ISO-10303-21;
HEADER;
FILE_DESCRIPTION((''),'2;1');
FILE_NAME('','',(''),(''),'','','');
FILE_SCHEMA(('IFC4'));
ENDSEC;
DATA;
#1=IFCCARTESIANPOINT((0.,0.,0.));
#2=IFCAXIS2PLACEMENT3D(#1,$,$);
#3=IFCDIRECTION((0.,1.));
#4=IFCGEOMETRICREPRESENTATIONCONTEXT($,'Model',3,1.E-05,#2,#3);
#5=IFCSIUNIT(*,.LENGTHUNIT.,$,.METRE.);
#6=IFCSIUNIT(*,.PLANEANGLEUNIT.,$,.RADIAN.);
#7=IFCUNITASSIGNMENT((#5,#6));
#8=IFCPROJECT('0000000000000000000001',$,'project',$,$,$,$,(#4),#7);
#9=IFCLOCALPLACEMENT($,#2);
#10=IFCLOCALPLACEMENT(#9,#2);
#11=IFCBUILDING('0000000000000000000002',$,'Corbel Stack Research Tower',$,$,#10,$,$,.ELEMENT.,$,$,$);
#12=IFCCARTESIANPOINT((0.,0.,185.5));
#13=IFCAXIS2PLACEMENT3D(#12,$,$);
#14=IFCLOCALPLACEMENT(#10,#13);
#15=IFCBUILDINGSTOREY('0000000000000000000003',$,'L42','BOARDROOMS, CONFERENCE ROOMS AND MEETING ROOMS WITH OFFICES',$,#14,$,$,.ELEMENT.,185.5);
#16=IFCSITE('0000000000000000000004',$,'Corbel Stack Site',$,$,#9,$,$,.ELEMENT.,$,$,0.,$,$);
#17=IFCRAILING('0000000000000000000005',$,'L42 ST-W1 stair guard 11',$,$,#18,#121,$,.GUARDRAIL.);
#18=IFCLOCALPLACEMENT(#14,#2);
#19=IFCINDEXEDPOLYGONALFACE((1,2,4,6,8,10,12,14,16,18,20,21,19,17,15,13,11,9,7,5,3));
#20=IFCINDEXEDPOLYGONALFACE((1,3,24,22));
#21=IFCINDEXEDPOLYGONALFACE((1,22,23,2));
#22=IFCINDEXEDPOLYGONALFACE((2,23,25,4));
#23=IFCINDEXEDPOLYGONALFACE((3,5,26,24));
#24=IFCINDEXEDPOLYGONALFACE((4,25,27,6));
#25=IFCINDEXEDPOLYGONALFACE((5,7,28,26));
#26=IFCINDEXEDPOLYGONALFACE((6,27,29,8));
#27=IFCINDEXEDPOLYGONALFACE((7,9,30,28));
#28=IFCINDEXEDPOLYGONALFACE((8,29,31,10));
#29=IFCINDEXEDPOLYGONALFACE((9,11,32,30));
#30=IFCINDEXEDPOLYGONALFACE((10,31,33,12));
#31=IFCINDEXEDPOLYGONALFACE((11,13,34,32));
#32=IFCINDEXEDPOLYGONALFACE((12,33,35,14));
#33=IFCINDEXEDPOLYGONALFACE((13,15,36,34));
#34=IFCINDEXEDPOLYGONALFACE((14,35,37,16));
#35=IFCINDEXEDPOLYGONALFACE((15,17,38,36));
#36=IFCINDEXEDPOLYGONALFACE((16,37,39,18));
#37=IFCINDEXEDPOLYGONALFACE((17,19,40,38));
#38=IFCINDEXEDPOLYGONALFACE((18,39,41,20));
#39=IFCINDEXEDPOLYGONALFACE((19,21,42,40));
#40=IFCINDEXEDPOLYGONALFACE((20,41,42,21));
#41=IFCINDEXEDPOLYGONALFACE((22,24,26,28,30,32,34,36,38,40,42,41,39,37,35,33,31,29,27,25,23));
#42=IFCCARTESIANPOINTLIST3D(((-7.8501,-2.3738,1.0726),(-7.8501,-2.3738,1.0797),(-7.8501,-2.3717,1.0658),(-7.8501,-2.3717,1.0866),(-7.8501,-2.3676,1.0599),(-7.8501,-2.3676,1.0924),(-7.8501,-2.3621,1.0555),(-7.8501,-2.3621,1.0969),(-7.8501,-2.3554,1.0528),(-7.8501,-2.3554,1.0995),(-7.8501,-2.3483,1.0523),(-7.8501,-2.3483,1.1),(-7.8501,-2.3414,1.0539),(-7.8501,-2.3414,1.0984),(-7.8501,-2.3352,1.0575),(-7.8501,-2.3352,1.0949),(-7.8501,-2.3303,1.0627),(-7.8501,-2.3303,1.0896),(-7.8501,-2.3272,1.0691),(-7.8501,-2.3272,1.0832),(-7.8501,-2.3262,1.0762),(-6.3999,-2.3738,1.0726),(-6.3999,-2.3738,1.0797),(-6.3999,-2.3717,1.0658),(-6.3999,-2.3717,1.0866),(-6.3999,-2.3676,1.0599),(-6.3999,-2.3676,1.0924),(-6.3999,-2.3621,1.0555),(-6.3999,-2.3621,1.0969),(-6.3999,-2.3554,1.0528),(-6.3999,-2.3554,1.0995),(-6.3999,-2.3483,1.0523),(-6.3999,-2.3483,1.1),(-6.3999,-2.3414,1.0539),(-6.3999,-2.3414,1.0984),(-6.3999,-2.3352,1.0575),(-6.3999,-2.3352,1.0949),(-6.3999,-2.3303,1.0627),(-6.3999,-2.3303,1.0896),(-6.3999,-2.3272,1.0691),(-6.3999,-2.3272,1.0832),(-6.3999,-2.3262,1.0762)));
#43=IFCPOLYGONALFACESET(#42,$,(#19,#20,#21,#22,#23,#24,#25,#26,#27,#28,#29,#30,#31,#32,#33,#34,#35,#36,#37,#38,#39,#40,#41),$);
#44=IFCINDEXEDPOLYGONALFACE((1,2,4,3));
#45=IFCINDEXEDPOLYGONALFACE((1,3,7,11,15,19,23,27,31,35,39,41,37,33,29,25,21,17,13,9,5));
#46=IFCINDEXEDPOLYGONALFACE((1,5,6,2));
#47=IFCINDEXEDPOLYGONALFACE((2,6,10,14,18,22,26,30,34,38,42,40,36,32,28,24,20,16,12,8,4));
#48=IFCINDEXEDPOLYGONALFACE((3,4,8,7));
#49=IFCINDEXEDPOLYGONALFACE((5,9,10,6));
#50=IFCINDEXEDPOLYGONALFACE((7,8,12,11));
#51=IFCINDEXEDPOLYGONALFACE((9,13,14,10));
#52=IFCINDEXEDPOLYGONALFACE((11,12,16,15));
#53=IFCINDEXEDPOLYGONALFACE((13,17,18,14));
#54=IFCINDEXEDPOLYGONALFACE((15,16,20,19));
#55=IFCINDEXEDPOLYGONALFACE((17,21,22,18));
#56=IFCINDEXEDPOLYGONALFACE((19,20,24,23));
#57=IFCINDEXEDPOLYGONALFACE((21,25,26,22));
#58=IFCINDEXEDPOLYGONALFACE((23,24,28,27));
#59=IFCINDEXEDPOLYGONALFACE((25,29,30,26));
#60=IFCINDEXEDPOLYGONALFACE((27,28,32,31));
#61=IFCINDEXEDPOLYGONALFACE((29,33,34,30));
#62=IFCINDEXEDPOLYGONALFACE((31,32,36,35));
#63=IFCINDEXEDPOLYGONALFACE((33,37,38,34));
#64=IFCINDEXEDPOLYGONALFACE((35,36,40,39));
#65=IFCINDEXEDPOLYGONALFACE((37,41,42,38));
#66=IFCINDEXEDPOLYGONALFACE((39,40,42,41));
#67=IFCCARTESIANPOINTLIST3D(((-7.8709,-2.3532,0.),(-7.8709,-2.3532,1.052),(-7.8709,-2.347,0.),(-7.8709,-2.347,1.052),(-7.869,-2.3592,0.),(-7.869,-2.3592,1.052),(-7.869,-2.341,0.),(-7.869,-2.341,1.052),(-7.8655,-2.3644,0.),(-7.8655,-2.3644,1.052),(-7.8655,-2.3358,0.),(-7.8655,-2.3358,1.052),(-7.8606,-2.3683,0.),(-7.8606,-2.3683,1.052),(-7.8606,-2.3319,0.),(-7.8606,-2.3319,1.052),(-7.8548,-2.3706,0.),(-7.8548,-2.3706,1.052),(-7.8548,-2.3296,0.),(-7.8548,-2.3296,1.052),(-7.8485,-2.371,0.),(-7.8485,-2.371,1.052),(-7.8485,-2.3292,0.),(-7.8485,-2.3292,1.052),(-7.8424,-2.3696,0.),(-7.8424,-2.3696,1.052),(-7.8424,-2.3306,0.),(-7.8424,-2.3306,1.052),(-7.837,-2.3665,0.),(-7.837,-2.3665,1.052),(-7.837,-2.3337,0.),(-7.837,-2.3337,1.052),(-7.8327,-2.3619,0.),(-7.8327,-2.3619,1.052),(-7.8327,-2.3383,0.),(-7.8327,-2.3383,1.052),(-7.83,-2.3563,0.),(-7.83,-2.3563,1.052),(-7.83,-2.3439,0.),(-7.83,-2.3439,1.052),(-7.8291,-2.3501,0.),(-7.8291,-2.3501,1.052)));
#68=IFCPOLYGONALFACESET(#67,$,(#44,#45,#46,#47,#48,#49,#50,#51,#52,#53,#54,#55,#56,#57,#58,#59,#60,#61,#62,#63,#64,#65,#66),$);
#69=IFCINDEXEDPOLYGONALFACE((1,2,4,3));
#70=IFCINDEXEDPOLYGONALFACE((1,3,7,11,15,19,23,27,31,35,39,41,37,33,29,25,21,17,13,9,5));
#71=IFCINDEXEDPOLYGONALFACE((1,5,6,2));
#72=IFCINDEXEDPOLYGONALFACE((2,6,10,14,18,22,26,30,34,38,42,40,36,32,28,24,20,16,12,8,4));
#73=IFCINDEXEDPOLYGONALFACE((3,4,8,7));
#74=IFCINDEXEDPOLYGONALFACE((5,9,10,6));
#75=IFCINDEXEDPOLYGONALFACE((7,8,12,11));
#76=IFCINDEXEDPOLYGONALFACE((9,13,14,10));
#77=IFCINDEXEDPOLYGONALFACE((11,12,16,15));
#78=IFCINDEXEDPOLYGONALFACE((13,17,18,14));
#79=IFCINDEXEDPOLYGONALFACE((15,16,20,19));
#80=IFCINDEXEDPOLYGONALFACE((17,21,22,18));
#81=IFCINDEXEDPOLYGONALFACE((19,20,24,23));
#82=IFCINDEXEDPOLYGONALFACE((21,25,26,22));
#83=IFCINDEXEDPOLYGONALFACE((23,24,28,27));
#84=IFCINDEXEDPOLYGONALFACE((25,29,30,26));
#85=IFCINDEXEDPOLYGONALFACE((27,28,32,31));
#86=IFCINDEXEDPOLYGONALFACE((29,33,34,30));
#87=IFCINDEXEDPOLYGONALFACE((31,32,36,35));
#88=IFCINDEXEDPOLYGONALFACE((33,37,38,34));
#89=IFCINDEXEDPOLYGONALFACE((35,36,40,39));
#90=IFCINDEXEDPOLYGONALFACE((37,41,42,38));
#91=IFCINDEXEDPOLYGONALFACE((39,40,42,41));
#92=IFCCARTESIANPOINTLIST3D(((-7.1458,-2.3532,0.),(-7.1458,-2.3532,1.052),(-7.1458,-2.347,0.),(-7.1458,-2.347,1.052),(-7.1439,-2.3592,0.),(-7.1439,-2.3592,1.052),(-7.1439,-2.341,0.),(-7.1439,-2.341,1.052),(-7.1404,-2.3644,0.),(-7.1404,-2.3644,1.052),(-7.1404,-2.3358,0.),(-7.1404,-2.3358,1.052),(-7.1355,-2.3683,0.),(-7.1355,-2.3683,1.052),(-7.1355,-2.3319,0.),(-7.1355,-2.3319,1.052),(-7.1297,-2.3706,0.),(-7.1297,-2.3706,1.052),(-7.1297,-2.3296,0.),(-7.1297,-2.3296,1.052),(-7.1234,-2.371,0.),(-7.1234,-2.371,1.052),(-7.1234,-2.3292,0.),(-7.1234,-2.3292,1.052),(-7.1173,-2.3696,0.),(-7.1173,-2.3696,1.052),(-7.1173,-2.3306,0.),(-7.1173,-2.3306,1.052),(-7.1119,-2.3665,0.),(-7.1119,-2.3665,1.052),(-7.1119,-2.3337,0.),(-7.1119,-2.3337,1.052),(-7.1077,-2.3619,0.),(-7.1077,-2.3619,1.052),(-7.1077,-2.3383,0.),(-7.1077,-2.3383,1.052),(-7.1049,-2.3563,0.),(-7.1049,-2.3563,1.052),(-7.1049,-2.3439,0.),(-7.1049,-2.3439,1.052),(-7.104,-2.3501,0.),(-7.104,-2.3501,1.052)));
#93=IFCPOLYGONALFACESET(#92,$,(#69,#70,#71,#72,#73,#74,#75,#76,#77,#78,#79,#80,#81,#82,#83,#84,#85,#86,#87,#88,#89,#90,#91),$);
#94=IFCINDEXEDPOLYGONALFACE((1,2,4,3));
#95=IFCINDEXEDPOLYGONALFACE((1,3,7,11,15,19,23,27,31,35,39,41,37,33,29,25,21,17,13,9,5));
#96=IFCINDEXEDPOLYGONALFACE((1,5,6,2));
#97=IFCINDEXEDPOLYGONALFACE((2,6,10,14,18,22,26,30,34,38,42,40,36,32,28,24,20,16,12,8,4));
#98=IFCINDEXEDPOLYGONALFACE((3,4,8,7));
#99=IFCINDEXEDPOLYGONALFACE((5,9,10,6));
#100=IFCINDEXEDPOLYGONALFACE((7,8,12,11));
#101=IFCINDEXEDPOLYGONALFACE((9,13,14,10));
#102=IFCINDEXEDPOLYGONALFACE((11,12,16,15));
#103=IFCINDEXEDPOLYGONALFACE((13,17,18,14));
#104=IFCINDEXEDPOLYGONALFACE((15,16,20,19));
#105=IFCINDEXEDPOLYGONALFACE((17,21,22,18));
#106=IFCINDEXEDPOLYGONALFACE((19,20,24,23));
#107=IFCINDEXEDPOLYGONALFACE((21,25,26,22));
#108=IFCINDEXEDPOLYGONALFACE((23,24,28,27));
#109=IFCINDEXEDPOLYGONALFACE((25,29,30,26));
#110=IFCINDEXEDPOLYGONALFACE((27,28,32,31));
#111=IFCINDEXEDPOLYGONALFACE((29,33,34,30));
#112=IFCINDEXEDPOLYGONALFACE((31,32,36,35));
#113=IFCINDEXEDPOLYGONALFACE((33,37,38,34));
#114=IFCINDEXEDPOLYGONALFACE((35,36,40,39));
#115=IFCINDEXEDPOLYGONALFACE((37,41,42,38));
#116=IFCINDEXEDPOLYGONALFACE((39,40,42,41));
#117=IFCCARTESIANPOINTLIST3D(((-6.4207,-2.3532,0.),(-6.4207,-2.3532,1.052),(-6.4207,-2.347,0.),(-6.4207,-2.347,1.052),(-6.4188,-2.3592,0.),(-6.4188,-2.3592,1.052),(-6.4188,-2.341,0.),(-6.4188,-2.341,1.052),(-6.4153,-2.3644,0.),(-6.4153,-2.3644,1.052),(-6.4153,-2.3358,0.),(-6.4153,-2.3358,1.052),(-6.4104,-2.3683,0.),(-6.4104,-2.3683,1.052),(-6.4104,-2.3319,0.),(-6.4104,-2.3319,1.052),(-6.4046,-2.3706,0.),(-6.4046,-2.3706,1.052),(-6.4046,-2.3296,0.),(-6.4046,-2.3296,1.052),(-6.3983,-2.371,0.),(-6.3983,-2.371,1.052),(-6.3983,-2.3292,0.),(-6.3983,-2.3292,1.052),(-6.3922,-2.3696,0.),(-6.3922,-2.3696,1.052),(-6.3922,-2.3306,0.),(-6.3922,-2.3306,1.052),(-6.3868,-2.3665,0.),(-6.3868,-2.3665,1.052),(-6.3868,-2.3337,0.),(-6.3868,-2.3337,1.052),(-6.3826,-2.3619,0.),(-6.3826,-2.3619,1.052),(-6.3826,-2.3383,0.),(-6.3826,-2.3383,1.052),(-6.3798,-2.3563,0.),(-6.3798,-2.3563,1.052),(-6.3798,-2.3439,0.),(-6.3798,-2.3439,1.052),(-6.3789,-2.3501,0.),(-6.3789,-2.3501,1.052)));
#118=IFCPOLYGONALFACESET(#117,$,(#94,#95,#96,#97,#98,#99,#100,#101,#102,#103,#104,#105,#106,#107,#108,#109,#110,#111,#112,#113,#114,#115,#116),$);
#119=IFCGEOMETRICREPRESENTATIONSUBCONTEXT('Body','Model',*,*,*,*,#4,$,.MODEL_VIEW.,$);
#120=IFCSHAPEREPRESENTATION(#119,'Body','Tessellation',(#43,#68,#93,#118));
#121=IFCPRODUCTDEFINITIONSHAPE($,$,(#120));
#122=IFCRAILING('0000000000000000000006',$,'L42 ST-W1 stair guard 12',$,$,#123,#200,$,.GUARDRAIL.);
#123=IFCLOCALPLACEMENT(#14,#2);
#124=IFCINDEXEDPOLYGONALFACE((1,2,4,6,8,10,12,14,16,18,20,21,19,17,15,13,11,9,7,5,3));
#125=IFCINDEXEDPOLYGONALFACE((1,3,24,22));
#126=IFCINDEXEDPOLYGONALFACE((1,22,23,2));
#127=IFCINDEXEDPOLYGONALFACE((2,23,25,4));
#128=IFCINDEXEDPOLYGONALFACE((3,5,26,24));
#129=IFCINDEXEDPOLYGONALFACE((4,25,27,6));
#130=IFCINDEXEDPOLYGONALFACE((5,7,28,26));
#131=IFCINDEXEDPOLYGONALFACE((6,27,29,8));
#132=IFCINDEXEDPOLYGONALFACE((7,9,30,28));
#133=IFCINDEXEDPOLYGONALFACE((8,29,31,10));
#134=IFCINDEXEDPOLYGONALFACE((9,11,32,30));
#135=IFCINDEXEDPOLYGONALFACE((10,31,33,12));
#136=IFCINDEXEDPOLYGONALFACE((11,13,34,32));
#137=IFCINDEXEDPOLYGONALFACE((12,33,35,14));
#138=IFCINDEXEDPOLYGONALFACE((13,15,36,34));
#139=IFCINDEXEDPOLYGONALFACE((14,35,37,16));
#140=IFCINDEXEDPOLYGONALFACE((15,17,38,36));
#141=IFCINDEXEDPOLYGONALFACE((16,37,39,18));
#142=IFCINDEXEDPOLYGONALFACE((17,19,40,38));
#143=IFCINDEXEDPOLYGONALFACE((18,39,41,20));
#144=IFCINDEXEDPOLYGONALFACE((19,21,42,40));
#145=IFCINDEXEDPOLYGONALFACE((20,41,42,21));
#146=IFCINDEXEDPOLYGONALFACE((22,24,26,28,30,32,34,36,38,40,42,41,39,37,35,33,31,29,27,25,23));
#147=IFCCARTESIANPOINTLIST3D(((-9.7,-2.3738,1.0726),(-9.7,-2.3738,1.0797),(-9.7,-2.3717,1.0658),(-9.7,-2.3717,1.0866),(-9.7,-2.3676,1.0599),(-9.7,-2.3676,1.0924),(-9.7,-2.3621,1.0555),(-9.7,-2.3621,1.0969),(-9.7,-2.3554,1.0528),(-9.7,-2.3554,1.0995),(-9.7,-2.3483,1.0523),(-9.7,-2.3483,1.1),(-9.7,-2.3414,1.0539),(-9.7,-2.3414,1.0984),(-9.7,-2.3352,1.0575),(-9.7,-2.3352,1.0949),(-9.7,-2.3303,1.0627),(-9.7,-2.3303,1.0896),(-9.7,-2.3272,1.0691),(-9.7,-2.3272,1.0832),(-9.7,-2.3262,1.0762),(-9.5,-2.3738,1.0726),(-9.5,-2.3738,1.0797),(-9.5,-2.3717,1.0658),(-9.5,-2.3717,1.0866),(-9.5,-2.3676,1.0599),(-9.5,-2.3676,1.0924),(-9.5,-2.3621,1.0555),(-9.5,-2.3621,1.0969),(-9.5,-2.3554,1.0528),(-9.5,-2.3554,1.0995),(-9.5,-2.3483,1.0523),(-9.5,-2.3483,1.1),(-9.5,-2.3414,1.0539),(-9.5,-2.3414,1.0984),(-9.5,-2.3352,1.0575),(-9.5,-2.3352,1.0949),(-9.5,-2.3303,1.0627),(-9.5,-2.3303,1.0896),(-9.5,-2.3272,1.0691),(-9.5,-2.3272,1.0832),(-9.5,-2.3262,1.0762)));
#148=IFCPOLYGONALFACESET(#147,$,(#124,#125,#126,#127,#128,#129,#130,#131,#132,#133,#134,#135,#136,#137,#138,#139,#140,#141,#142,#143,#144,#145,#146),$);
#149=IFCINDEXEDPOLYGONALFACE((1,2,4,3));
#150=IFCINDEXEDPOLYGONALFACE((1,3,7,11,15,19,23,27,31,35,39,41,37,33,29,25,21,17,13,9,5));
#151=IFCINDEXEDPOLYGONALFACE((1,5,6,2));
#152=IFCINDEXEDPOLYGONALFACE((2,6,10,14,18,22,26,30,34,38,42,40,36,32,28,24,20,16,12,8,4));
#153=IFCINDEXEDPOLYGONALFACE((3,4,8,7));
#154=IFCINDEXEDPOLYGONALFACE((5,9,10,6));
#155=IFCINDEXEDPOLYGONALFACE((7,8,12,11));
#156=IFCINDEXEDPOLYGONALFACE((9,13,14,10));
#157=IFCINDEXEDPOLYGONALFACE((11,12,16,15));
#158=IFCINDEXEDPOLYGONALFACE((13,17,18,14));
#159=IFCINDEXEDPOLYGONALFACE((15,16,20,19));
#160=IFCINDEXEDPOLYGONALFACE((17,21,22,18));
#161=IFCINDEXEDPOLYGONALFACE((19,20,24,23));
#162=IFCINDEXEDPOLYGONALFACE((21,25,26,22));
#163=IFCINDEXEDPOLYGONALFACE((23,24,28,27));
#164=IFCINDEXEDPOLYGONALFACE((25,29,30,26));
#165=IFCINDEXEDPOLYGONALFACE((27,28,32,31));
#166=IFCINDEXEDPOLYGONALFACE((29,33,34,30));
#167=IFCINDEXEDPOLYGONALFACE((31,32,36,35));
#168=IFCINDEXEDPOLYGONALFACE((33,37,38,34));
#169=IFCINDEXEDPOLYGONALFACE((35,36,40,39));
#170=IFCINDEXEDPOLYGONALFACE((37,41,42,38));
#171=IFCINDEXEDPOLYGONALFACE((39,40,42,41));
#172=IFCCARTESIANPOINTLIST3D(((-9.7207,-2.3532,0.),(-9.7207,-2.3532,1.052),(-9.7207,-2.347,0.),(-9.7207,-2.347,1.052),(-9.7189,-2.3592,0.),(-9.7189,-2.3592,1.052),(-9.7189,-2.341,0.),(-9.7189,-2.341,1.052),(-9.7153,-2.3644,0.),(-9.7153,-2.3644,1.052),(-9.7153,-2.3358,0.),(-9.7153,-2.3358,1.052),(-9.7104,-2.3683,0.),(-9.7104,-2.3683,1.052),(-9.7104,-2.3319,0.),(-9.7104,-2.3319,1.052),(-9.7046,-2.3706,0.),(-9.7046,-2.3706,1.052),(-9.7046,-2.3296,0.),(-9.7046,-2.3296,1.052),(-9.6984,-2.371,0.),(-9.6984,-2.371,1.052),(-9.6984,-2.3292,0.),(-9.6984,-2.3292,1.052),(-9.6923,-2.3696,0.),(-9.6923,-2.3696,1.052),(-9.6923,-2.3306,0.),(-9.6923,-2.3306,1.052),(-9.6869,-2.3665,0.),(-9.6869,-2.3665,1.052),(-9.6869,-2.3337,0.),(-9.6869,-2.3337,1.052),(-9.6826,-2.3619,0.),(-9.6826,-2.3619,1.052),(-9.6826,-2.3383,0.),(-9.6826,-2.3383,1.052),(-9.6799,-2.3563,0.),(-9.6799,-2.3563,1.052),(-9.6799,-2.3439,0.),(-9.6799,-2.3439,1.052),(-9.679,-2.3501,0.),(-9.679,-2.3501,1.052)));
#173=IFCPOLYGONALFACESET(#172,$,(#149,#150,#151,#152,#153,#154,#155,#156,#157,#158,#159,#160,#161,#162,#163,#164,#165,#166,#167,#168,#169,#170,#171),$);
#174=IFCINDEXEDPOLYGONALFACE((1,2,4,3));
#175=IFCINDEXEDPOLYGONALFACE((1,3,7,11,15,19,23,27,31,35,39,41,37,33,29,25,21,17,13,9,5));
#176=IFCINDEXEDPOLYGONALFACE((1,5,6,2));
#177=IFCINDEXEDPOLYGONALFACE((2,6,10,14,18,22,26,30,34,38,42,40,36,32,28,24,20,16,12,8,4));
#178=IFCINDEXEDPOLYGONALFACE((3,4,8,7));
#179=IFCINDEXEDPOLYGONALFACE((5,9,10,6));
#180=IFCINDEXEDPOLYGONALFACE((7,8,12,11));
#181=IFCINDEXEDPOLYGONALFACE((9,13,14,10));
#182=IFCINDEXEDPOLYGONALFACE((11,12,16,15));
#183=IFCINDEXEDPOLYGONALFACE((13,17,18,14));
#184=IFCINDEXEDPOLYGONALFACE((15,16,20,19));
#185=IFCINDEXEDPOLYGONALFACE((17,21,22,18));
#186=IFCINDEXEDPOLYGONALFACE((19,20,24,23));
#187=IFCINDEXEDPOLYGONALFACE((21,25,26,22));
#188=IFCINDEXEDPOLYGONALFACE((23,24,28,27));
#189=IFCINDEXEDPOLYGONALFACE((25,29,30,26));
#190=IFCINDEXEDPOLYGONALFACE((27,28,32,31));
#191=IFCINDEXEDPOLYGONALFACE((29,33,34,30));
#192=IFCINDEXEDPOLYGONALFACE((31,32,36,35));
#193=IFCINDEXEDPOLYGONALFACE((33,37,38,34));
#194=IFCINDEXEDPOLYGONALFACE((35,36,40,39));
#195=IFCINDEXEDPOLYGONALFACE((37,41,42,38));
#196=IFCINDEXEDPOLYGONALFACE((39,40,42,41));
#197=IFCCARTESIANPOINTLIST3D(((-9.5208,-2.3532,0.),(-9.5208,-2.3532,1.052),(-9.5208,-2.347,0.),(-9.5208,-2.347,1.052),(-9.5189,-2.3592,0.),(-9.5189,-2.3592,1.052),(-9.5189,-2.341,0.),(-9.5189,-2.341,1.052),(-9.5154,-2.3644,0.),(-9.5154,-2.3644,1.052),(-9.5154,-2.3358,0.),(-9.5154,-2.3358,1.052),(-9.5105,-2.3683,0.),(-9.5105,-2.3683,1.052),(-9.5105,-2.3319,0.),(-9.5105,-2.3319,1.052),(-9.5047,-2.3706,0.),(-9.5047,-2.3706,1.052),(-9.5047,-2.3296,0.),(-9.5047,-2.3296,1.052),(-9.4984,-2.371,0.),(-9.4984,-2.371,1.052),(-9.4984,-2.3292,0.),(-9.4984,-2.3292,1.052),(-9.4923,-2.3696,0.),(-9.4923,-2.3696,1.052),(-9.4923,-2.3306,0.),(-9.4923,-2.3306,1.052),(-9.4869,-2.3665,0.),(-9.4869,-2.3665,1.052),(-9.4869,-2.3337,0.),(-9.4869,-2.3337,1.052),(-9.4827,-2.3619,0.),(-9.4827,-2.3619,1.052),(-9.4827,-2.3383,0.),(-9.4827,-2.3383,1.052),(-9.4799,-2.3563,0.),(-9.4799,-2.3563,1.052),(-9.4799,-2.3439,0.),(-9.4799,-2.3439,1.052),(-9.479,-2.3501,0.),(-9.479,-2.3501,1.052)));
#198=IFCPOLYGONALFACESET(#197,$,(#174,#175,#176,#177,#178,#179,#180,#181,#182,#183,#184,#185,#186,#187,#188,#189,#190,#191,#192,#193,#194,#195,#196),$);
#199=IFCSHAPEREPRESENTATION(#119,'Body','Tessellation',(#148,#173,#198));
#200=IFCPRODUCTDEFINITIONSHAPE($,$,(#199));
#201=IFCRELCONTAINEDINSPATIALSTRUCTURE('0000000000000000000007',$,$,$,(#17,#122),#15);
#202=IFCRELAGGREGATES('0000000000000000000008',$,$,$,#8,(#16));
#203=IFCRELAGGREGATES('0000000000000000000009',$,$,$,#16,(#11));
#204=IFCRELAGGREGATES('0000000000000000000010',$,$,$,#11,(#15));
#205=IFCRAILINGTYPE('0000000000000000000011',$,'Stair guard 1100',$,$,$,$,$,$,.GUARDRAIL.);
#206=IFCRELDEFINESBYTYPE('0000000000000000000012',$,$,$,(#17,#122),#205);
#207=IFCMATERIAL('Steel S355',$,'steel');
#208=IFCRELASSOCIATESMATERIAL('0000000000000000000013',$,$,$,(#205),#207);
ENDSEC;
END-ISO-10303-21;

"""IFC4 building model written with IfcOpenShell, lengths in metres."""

from ifc_helpers import new_model, si_unit, direction, frame, origin, origin_2d, place, context, subcontext, project, spatial, circle, extrude, material, type_object, element, save


model = new_model("IFC4")

# Units and contexts
model_context = context("Model", 3, precision=1e-05, world=origin(), true_north=direction((0.0, 1.0)))
body_context = subcontext(model_context, "Body", "Model", "MODEL_VIEW")
ifc_project = project(units=[si_unit("LENGTHUNIT", "METRE"), si_unit("PLANEANGLEUNIT", "RADIAN")], contexts=[model_context])

# Site, building, storey
site_placement = place(None, origin())
site = spatial("IfcSite", under=ifc_project, at=site_placement, Name="Corbel Stack Site", CompositionType="ELEMENT", RefElevation=0.0)
building_placement = place(site_placement, origin())
building = spatial("IfcBuilding", under=site, at=building_placement, Name="Corbel Stack Research Tower", CompositionType="ELEMENT")
storey_placement = place(building_placement, frame((0.0, 0.0, 185.5)))
storey = spatial("IfcBuildingStorey", under=building, at=storey_placement, Name="L42", Description="BOARDROOMS, CONFERENCE ROOMS AND MEETING ROOMS WITH OFFICES", CompositionType="ELEMENT", Elevation=185.5)

# Railings
ifc_material_1 = material(Name="Steel S355", Category="steel")
railing_type_1 = type_object("IfcRailingType", Name="Stair guard 1100", PredefinedType="GUARDRAIL", material=ifc_material_1)
railing_1_placement = place(storey_placement, frame((-7.8501, -2.3501, 0.0)))
element("IfcRailing", 1, at=railing_1_placement, inside=storey, type_object=railing_type_1, Name="L42 ST-W1 stair guard 11", PredefinedType="GUARDRAIL", context=body_context, shape_type="SweptSolid", body=[
    extrude(circle(Radius=0.0239, at=origin_2d()), frame((0.0, 0.0, 1.0762), z_axis=(1.0, 0.0, 0.0), x_axis=(0.0, 1.0, 0.0)), (0.0, 0.0, 1.0), 1.4502),
    extrude(circle(Radius=0.021, at=origin_2d()), origin(), (0.0, 0.0, 1.0), 1.052),
    extrude(circle(Radius=0.021, at=origin_2d()), frame((0.7251, 0.0, 0.0)), (0.0, 0.0, 1.0), 1.052),
    extrude(circle(Radius=0.021, at=origin_2d()), frame((1.4502, 0.0, 0.0)), (0.0, 0.0, 1.0), 1.052),
])
railing_2_placement = place(storey_placement, frame((-9.7, -2.3501, 0.0)))
element("IfcRailing", 2, at=railing_2_placement, inside=storey, type_object=railing_type_1, Name="L42 ST-W1 stair guard 12", PredefinedType="GUARDRAIL", context=body_context, shape_type="SweptSolid", body=[
    extrude(circle(Radius=0.0239, at=origin_2d()), frame((0.0, 0.0, 1.0762), z_axis=(1.0, 0.0, 0.0), x_axis=(0.0, 1.0, 0.0)), (0.0, 0.0, 1.0), 0.2),
    extrude(circle(Radius=0.021, at=origin_2d()), origin(), (0.0, 0.0, 1.0), 1.052),
    extrude(circle(Radius=0.021, at=origin_2d()), frame((0.2, 0.0, 0.0)), (0.0, 0.0, 1.0), 1.052),
])

save(model, "model.ifc")
